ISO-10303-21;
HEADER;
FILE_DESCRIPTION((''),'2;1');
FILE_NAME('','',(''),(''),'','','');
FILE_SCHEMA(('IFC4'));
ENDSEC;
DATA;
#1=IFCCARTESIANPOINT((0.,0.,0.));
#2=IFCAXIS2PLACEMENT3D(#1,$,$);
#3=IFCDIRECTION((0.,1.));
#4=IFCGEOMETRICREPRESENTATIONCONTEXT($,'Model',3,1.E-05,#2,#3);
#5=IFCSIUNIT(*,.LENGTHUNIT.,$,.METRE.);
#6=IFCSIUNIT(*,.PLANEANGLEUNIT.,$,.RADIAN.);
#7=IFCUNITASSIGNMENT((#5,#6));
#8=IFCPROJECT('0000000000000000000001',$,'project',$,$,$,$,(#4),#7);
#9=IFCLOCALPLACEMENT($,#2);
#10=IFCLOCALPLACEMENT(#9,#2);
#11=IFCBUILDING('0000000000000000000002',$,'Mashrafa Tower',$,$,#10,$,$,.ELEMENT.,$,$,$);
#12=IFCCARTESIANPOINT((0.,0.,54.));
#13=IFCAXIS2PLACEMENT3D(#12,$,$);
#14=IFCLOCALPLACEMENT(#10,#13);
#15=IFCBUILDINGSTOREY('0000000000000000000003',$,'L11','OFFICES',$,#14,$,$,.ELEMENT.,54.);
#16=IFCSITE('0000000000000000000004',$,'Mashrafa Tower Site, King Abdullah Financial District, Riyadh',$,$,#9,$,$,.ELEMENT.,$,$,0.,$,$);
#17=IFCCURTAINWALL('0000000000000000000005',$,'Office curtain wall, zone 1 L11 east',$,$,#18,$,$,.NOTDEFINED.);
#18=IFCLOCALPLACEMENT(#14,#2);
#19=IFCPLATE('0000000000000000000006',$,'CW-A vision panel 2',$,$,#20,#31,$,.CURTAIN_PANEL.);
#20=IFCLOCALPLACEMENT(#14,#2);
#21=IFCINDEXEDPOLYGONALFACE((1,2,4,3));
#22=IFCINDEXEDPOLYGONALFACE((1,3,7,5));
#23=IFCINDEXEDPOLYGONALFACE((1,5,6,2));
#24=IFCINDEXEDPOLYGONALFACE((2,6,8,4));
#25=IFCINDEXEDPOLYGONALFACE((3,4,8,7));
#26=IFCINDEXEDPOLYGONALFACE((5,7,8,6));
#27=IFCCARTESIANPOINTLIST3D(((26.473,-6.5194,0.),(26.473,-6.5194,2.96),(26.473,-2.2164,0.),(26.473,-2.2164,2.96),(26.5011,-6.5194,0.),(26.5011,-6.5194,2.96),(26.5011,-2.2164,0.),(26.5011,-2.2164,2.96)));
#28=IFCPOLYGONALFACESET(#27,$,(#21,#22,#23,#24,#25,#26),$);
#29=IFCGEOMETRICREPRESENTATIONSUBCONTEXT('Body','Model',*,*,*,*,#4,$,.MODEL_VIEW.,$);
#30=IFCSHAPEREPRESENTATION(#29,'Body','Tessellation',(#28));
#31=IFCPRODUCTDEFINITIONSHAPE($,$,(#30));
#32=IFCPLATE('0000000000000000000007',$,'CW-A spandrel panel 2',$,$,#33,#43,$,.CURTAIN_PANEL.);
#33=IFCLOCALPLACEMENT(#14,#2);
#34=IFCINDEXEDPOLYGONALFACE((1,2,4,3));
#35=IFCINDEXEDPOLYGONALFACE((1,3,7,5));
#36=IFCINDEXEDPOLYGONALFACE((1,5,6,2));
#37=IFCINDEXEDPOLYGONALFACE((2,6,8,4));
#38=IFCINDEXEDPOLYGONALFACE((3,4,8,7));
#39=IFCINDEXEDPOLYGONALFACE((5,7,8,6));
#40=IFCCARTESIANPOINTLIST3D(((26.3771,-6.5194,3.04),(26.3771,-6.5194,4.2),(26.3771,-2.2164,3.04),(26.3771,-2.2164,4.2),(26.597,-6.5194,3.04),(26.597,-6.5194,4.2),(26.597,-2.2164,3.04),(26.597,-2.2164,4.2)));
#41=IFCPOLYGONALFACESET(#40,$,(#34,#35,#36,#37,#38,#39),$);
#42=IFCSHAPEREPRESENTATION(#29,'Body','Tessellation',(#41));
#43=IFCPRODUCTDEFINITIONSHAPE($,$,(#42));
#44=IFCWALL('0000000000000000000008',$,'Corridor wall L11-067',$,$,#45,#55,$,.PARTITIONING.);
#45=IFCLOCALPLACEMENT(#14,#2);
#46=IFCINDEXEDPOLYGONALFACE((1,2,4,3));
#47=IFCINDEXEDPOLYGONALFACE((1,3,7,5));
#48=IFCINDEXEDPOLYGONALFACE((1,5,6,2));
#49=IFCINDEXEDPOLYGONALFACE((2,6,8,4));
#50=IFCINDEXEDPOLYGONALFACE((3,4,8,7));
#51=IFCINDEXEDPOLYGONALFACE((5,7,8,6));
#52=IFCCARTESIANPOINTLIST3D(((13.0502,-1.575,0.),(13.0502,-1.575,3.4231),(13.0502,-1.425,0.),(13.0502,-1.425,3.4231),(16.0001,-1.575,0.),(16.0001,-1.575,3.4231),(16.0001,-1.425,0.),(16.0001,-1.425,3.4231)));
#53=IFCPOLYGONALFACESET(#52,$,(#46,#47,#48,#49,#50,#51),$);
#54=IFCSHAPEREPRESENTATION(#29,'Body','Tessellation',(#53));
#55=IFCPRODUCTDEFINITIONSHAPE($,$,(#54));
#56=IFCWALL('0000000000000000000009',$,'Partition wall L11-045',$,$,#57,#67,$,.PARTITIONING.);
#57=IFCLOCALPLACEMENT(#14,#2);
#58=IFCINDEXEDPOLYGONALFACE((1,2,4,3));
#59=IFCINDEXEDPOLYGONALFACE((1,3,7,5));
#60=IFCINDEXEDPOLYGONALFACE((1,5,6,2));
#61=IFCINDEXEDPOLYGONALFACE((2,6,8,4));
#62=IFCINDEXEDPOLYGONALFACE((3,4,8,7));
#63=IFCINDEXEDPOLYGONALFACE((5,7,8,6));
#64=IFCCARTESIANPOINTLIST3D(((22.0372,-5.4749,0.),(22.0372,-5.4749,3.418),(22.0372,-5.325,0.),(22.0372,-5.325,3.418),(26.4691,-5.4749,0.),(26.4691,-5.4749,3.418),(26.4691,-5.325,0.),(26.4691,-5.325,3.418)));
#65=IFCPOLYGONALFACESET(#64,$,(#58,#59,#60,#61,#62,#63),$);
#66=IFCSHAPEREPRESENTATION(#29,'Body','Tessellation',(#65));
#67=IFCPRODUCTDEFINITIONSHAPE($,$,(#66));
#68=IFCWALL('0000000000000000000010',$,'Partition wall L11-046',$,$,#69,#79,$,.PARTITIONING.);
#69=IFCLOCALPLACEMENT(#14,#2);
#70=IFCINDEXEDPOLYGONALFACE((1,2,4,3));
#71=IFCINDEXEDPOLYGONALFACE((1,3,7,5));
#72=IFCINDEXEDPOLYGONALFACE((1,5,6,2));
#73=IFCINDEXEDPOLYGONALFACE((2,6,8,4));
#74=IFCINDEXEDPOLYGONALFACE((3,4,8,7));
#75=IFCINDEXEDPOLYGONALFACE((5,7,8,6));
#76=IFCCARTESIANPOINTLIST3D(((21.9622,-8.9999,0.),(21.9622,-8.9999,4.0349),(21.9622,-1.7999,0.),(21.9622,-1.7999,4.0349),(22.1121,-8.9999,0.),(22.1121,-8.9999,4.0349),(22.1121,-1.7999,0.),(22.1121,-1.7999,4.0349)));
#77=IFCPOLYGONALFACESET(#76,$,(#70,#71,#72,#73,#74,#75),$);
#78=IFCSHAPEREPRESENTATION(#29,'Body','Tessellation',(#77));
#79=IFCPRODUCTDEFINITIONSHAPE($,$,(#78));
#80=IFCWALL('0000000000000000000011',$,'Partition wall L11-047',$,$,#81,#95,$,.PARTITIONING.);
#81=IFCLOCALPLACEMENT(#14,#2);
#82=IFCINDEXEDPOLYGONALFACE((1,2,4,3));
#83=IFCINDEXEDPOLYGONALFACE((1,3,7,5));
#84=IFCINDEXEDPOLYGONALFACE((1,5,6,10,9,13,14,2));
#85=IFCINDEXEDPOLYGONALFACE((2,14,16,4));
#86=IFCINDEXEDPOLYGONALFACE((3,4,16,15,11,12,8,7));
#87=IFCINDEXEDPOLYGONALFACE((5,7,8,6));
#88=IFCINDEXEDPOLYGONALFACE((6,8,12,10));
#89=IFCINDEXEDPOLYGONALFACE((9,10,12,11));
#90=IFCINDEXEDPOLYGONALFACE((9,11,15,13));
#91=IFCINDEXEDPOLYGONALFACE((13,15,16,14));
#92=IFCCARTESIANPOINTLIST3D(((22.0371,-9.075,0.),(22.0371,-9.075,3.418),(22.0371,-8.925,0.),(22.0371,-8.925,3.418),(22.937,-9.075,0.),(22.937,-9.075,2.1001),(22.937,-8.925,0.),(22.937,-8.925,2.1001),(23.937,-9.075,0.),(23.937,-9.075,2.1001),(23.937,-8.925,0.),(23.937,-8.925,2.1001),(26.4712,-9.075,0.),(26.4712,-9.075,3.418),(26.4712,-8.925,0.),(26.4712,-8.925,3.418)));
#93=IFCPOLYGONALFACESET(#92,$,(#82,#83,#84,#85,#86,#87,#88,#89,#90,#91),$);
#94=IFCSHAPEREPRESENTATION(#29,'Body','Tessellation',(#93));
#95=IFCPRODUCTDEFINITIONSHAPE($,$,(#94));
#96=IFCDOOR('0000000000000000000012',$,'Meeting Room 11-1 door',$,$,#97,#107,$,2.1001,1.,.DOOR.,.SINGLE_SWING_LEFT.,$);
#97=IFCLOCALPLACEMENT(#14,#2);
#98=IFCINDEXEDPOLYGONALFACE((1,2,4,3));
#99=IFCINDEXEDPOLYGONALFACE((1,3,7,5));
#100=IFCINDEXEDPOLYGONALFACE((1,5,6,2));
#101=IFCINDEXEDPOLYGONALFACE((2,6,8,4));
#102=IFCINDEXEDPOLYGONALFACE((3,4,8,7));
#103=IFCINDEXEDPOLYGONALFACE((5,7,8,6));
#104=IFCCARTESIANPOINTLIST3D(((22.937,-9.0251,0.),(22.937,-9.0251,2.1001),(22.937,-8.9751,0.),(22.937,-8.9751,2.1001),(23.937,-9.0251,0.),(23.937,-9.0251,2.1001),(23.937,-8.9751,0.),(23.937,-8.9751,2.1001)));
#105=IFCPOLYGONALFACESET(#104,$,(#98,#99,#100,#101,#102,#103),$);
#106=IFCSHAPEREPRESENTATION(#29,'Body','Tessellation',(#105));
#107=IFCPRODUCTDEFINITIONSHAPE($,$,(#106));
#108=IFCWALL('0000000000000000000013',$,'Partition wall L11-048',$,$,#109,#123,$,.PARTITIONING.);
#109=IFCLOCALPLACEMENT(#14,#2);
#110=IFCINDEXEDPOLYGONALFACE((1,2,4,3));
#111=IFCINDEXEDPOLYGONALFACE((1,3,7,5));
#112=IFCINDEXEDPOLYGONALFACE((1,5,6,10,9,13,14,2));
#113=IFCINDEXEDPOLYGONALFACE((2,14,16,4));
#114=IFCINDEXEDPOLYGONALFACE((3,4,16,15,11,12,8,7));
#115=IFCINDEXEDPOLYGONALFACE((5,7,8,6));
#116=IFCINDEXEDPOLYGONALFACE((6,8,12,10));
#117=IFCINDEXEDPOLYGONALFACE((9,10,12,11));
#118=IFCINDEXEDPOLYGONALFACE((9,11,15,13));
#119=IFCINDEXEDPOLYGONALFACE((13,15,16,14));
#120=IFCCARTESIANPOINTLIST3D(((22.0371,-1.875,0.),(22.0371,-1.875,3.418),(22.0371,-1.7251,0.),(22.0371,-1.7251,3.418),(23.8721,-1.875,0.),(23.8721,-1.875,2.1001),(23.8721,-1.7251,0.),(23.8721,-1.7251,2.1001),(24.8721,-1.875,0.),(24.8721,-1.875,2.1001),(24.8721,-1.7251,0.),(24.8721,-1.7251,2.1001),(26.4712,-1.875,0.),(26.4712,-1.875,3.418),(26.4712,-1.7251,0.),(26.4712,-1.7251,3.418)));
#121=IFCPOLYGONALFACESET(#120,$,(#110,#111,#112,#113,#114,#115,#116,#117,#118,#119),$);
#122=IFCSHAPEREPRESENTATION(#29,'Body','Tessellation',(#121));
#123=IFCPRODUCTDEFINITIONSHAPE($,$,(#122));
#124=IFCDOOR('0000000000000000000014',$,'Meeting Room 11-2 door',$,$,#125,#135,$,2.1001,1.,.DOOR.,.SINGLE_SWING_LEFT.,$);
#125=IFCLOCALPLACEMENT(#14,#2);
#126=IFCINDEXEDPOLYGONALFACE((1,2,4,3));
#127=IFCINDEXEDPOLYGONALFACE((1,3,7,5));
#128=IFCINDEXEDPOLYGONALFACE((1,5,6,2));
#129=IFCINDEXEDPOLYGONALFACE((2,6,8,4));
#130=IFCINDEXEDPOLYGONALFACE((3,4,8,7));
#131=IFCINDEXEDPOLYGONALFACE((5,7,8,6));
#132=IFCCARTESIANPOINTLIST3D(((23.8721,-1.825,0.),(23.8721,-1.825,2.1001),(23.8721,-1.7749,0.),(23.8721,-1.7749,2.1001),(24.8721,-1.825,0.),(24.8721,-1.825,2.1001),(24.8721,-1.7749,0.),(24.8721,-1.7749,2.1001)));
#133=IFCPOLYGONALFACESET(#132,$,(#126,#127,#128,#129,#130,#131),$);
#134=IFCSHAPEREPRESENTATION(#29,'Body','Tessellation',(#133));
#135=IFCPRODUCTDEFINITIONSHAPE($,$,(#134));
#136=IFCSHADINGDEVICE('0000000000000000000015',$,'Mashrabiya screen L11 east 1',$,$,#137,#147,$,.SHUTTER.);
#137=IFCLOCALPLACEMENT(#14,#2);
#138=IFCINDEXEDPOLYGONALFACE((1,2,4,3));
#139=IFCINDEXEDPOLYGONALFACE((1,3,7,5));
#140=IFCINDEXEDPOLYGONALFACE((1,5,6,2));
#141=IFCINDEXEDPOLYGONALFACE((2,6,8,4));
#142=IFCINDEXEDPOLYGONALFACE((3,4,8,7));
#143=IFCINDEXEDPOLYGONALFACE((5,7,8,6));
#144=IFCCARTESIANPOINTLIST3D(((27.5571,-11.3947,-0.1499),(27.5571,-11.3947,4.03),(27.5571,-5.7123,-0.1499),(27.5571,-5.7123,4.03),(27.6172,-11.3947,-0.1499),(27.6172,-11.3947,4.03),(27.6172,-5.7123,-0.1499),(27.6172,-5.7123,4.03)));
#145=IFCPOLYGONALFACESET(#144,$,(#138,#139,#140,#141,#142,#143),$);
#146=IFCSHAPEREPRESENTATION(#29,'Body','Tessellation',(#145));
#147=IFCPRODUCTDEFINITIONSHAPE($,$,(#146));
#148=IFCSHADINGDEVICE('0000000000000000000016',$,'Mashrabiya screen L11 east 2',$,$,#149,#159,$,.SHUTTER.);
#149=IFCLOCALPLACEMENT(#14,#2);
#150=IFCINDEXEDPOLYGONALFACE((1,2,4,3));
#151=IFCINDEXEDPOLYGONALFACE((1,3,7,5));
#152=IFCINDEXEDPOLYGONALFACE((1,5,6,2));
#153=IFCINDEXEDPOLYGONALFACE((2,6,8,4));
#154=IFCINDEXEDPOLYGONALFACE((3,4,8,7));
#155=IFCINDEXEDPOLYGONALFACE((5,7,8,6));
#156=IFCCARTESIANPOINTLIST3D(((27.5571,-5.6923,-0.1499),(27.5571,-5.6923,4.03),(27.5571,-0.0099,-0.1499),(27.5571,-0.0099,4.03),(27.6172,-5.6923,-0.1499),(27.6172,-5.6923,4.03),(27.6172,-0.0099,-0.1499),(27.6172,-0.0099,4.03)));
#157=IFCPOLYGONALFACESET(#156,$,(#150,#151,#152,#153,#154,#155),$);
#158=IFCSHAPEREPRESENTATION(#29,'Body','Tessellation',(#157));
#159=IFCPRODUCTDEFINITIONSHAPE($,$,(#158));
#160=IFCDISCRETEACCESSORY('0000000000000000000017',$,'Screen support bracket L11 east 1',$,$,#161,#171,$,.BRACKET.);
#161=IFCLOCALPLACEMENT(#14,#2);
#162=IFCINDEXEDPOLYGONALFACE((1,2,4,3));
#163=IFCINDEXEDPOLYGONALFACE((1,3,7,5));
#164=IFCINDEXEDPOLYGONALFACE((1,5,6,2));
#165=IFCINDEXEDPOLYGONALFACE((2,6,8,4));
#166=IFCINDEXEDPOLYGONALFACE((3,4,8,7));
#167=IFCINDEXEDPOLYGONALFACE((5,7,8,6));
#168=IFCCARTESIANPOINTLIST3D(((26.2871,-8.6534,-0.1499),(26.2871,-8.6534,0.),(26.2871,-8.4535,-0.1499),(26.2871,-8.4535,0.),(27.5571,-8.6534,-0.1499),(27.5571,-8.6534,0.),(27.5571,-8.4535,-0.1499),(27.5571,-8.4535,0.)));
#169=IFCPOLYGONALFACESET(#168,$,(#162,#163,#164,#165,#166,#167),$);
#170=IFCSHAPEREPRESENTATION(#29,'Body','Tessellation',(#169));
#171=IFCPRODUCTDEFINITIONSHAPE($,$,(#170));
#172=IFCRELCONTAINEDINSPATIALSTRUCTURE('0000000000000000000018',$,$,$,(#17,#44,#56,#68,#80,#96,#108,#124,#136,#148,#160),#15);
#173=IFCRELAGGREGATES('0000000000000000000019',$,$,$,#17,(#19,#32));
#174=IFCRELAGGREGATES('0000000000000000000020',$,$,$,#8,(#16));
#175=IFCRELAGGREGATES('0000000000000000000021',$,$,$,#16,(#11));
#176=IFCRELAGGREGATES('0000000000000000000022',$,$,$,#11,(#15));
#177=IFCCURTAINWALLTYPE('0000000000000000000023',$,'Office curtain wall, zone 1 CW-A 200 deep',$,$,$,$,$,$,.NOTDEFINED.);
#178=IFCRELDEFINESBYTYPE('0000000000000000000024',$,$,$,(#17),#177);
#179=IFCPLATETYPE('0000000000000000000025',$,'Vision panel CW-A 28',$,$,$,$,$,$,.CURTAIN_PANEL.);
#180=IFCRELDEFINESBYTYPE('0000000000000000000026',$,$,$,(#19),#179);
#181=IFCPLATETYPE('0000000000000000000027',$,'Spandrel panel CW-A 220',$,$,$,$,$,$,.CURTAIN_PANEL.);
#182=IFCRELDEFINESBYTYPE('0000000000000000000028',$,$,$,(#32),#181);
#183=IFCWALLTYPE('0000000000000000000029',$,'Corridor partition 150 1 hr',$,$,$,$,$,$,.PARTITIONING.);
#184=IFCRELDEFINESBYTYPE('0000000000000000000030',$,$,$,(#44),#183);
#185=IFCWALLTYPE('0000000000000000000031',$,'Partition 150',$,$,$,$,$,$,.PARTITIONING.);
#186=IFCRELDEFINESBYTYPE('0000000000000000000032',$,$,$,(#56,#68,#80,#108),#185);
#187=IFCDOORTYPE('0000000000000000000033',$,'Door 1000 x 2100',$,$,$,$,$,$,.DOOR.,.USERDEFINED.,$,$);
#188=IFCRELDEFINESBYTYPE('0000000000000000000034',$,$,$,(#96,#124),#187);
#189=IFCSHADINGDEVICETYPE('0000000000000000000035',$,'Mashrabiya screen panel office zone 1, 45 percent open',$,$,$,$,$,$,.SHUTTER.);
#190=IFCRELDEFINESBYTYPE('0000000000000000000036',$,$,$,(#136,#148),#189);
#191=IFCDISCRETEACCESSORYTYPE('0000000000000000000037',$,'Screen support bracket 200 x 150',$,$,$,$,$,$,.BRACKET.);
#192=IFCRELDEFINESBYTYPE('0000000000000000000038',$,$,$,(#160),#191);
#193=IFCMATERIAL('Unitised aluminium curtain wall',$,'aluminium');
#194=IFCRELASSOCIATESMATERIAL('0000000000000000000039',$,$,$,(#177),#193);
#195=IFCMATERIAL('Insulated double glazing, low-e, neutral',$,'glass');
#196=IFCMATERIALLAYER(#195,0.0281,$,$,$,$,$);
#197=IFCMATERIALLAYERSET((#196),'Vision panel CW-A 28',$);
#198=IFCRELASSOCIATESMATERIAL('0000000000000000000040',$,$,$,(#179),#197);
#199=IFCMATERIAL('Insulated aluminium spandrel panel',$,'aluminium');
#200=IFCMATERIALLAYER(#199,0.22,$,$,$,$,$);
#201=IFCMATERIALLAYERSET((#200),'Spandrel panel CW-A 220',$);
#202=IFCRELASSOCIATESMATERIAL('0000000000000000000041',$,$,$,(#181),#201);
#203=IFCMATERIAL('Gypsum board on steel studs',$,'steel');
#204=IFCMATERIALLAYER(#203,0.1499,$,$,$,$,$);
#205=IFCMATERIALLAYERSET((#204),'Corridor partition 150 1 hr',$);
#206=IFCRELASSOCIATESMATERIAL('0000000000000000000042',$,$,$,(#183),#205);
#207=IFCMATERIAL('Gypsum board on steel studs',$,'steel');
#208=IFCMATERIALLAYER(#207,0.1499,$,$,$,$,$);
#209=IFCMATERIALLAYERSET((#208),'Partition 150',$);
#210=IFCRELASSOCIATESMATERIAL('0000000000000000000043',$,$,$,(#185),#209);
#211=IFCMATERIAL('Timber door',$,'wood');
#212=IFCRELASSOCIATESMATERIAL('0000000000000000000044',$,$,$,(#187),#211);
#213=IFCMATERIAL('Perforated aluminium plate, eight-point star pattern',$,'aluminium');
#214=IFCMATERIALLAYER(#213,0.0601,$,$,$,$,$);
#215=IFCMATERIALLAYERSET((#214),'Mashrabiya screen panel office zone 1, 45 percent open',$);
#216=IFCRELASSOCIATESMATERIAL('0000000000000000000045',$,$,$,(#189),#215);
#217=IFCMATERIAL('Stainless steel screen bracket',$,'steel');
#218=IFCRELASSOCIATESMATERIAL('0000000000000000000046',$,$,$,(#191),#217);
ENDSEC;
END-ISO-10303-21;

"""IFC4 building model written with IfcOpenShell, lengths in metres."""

from ifc_helpers import new_model, si_unit, direction, frame, frame_2d, origin, origin_2d, place, context, subcontext, project, spatial, rectangle, extrude, source, transform, mapped, material, layer, layer_set, type_object, type_shapes, element, fill, aggregate, save


model = new_model("IFC4")

# Units and contexts
model_context = context("Model", 3, precision=1e-05, world=origin(), true_north=direction((0.0, 1.0)))
body_context = subcontext(model_context, "Body", "Model", "MODEL_VIEW")
ifc_project = project(units=[si_unit("LENGTHUNIT", "METRE"), si_unit("PLANEANGLEUNIT", "RADIAN")], contexts=[model_context])

# Site, building, storey
site_placement = place(None, origin())
site = spatial("IfcSite", under=ifc_project, at=site_placement, Name="Mashrafa Tower Site, King Abdullah Financial District, Riyadh", CompositionType="ELEMENT", RefElevation=0.0)
building_placement = place(site_placement, origin())
building = spatial("IfcBuilding", under=site, at=building_placement, Name="Mashrafa Tower", CompositionType="ELEMENT")
storey_placement = place(building_placement, frame((0.0, 0.0, 54.0)))
storey = spatial("IfcBuildingStorey", under=building, at=storey_placement, Name="L11", Description="OFFICES", CompositionType="ELEMENT", Elevation=54.0)

# Curtain wall
ifc_material_1 = material(Name="Unitised aluminium curtain wall", Category="aluminium")
curtain_wall_type = type_object("IfcCurtainWallType", Name="Office curtain wall, zone 1 CW-A 200 deep", PredefinedType="NOTDEFINED", material=ifc_material_1)
curtain_wall_1_placement = place(storey_placement, origin())
curtain_wall_1 = element("IfcCurtainWall", 1, at=curtain_wall_1_placement, inside=storey, type_object=curtain_wall_type, Name="Office curtain wall, zone 1 L11 east", PredefinedType="NOTDEFINED")

# Plates
ifc_material_2 = material(Name="Insulated double glazing, low-e, neutral", Category="glass")
ifc_layer_1 = layer(ifc_material_2, 0.0281)
ifc_layer_set_1 = layer_set([ifc_layer_1], Name="Vision panel CW-A 28")
plate_type_1 = type_object("IfcPlateType", Name="Vision panel CW-A 28", PredefinedType="CURTAIN_PANEL", material=ifc_layer_set_1)
ifc_material_3 = material(Name="Insulated aluminium spandrel panel", Category="aluminium")
ifc_layer_2 = layer(ifc_material_3, 0.22)
ifc_layer_set_2 = layer_set([ifc_layer_2], Name="Spandrel panel CW-A 220")
plate_type_2 = type_object("IfcPlateType", Name="Spandrel panel CW-A 220", PredefinedType="CURTAIN_PANEL", material=ifc_layer_set_2)
shared_shape_1 = source(origin(), body_context, "Body", "SweptSolid", [
    extrude(rectangle(XDim=4.303, YDim=0.0281, at=origin_2d()), origin(), (0.0, 0.0, 1.0), 2.96),
])
plate_1_placement = place(storey_placement, frame((26.4871, -4.3679, 0.0), z_axis=(0.0, 0.0, 1.0), x_axis=(0.0, 1.0, 0.0)))
plate_1 = element("IfcPlate", 2, at=plate_1_placement, type_object=plate_type_1, Name="CW-A vision panel 2", PredefinedType="CURTAIN_PANEL", context=body_context, shape_type="MappedRepresentation", body=[
    mapped(shared_shape_1, transform((0.0, 0.0, 0.0))),
])
shared_shape_2 = source(origin(), body_context, "Body", "SweptSolid", [
    extrude(rectangle(XDim=4.303, YDim=0.22, at=origin_2d()), origin(), (0.0, 0.0, 1.0), 1.1599),
])
plate_2_placement = place(storey_placement, frame((26.4871, -4.3679, 3.04), z_axis=(0.0, 0.0, 1.0), x_axis=(0.0, 1.0, 0.0)))
plate_2 = element("IfcPlate", 3, at=plate_2_placement, type_object=plate_type_2, Name="CW-A spandrel panel 2", PredefinedType="CURTAIN_PANEL", context=body_context, shape_type="MappedRepresentation", body=[
    mapped(shared_shape_2, transform((0.0, 0.0, 0.0))),
])
aggregate(curtain_wall_1, [plate_1, plate_2])

# Shared definitions
ifc_material_4 = material(Name="Gypsum board on steel studs", Category="steel")
ifc_layer_3 = layer(ifc_material_4, 0.1499)
ifc_layer_set_3 = layer_set([ifc_layer_3], Name="Corridor partition 150 1 hr")
wall_type_1 = type_object("IfcWallType", Name="Corridor partition 150 1 hr", PredefinedType="PARTITIONING", material=ifc_layer_set_3)

# Wall
wall_1_placement = place(storey_placement, frame((13.05, -1.5, 0.0), z_axis=(0.0, 0.0, 1.0), x_axis=(1.0, 0.0, 0.0)))
element("IfcWall", 4, at=wall_1_placement, inside=storey, type_object=wall_type_1, Name="Corridor wall L11-067", PredefinedType="PARTITIONING", context=body_context, shape_type="SweptSolid", body=[
    extrude(rectangle(XDim=2.95, YDim=0.1499, at=frame_2d((1.4751, 0.0))), origin(), (0.0, 0.0, 1.0), 3.4231),
])

# Walls
ifc_material_5 = material(Name="Gypsum board on steel studs", Category="steel")
ifc_layer_4 = layer(ifc_material_5, 0.1499)
ifc_layer_set_4 = layer_set([ifc_layer_4], Name="Partition 150")
wall_type_2 = type_object("IfcWallType", Name="Partition 150", PredefinedType="PARTITIONING", material=ifc_layer_set_4)
wall_2_placement = place(storey_placement, frame((26.469, -5.3999, 0.0), z_axis=(0.0, 0.0, 1.0), x_axis=(-1.0, 0.0, 0.0)))
element("IfcWall", 5, at=wall_2_placement, inside=storey, type_object=wall_type_2, Name="Partition wall L11-045", PredefinedType="PARTITIONING", context=body_context, shape_type="SweptSolid", body=[
    extrude(rectangle(XDim=4.4319, YDim=0.1499, at=frame_2d((2.2158, 0.0))), origin(), (0.0, 0.0, 1.0), 3.418),
])
wall_3_placement = place(storey_placement, frame((22.0371, -9.0, 0.0), z_axis=(0.0, 0.0, 1.0), x_axis=(0.0, 1.0, 0.0)))
element("IfcWall", 6, at=wall_3_placement, inside=storey, type_object=wall_type_2, Name="Partition wall L11-046", PredefinedType="PARTITIONING", context=body_context, shape_type="SweptSolid", body=[
    extrude(rectangle(XDim=7.2, YDim=0.1499, at=frame_2d((3.6001, 0.0))), origin(), (0.0, 0.0, 1.0), 4.0349),
])

# Walls, openings, doors
wall_4_placement = place(storey_placement, frame((22.0371, -9.0, 0.0), z_axis=(0.0, 0.0, 1.0), x_axis=(1.0, 0.0, 0.0)))
wall_4 = element("IfcWall", 7, at=wall_4_placement, inside=storey, type_object=wall_type_2, Name="Partition wall L11-047", PredefinedType="PARTITIONING", context=body_context, shape_type="SweptSolid", body=[
    extrude(rectangle(XDim=4.4341, YDim=0.1499, at=frame_2d((2.217, 0.0))), origin(), (0.0, 0.0, 1.0), 3.418),
])
opening_1_placement = place(wall_4_placement, frame((0.8999, 0.0, 0.0)))
opening_1 = element("IfcOpeningElement", 8, at=opening_1_placement, cuts=wall_4, PredefinedType="OPENING", context=body_context, shape_type="SweptSolid", body=[
    extrude(rectangle(XDim=1.0, YDim=2.1001, at=frame_2d((0.5, 1.05))), frame((0.0, 0.085, 0.0), z_axis=(0.0, -1.0, 0.0), x_axis=(1.0, 0.0, 0.0)), (0.0, 0.0, 1.0), 0.1699),
])
ifc_material_6 = material(Name="Timber door", Category="wood")
door_type_1 = type_object("IfcDoorType", Name="Door 1000 x 2100", OperationType="USERDEFINED", PredefinedType="DOOR", material=ifc_material_6)
door_1_placement = place(opening_1_placement, origin())
door_1 = element("IfcDoor", 9, at=door_1_placement, inside=storey, type_object=door_type_1, Name="Meeting Room 11-1 door", OperationType="SINGLE_SWING_LEFT", OverallHeight=2.1001, OverallWidth=1.0, PredefinedType="DOOR", context=body_context, shape_type="SweptSolid", body=[
    extrude(rectangle(XDim=1.0, YDim=2.1001, at=frame_2d((0.5, 1.05))), frame((0.0, 0.0249, 0.0), z_axis=(0.0, -1.0, 0.0), x_axis=(1.0, 0.0, 0.0)), (0.0, 0.0, 1.0), 0.05),
])
fill(opening_1, door_1)
wall_5_placement = place(storey_placement, frame((26.4712, -1.8, 0.0), z_axis=(0.0, 0.0, 1.0), x_axis=(-1.0, 0.0, 0.0)))
wall_5 = element("IfcWall", 10, at=wall_5_placement, inside=storey, type_object=wall_type_2, Name="Partition wall L11-048", PredefinedType="PARTITIONING", context=body_context, shape_type="SweptSolid", body=[
    extrude(rectangle(XDim=4.4341, YDim=0.1499, at=frame_2d((2.217, 0.0))), origin(), (0.0, 0.0, 1.0), 3.418),
])
opening_2_placement = place(wall_5_placement, frame((1.5991, 0.0, 0.0)))
opening_2 = element("IfcOpeningElement", 11, at=opening_2_placement, cuts=wall_5, PredefinedType="OPENING", context=body_context, shape_type="SweptSolid", body=[
    extrude(rectangle(XDim=1.0, YDim=2.1001, at=frame_2d((0.5, 1.05))), frame((0.0, 0.085, 0.0), z_axis=(0.0, -1.0, 0.0), x_axis=(1.0, 0.0, 0.0)), (0.0, 0.0, 1.0), 0.1699),
])
door_2_placement = place(opening_2_placement, origin())
door_2 = element("IfcDoor", 12, at=door_2_placement, inside=storey, type_object=door_type_1, Name="Meeting Room 11-2 door", OperationType="SINGLE_SWING_LEFT", OverallHeight=2.1001, OverallWidth=1.0, PredefinedType="DOOR", context=body_context, shape_type="SweptSolid", body=[
    extrude(rectangle(XDim=1.0, YDim=2.1001, at=frame_2d((0.5, 1.05))), frame((0.0, 0.0249, 0.0), z_axis=(0.0, -1.0, 0.0), x_axis=(1.0, 0.0, 0.0)), (0.0, 0.0, 1.0), 0.05),
])
fill(opening_2, door_2)

# Shading devices
ifc_material_7 = material(Name="Perforated aluminium plate, eight-point star pattern", Category="aluminium")
ifc_layer_5 = layer(ifc_material_7, 0.0601)
ifc_layer_set_5 = layer_set([ifc_layer_5], Name="Mashrabiya screen panel office zone 1, 45 percent open")
shading_device_type = type_object("IfcShadingDeviceType", Name="Mashrabiya screen panel office zone 1, 45 percent open", PredefinedType="SHUTTER", material=ifc_layer_set_5)
shared_shape_3 = source(origin(), body_context, "Body", "SweptSolid", [
    extrude(rectangle(XDim=5.6824, YDim=0.0601, at=origin_2d()), origin(), (0.0, 0.0, 1.0), 4.1799),
])
type_shapes(shading_device_type, [shared_shape_3])
for number, where, z_axis, x_axis, name in (
    (13, (27.5872, -8.5535, -0.1499), (0.0, 0.0, 1.0), (0.0, 1.0, 0.0), "Mashrabiya screen L11 east 1"),
    (14, (27.5872, -2.8511, -0.1499), (0.0, 0.0, 1.0), (0.0, 1.0, 0.0), "Mashrabiya screen L11 east 2"),
):
    element("IfcShadingDevice", number, at=place(storey_placement, frame(where, z_axis=z_axis, x_axis=x_axis)), inside=storey, type_object=shading_device_type, Name=name, PredefinedType="SHUTTER", context=body_context, shape_type="MappedRepresentation", body=[
        mapped(shared_shape_3, transform((0.0, 0.0, 0.0))),
    ])

# Discrete accessory
ifc_material_8 = material(Name="Stainless steel screen bracket", Category="steel")
discrete_accessory_type = type_object("IfcDiscreteAccessoryType", Name="Screen support bracket 200 x 150", PredefinedType="BRACKET", material=ifc_material_8)
shared_shape_4 = source(origin(), body_context, "Body", "SweptSolid", [
    extrude(rectangle(XDim=0.2, YDim=1.27, at=origin_2d()), origin(), (0.0, 0.0, 1.0), 0.1499),
])
type_shapes(discrete_accessory_type, [shared_shape_4])
for number, where, z_axis, x_axis, name in (
    (15, (26.9221, -8.5535, -0.1499), (0.0, 0.0, 1.0), (0.0, 1.0, 0.0), "Screen support bracket L11 east 1"),
):
    element("IfcDiscreteAccessory", number, at=place(storey_placement, frame(where, z_axis=z_axis, x_axis=x_axis)), inside=storey, type_object=discrete_accessory_type, Name=name, PredefinedType="BRACKET", context=body_context, shape_type="MappedRepresentation", body=[
        mapped(shared_shape_4, transform((0.0, 0.0, 0.0))),
    ])

save(model, "model.ifc")
